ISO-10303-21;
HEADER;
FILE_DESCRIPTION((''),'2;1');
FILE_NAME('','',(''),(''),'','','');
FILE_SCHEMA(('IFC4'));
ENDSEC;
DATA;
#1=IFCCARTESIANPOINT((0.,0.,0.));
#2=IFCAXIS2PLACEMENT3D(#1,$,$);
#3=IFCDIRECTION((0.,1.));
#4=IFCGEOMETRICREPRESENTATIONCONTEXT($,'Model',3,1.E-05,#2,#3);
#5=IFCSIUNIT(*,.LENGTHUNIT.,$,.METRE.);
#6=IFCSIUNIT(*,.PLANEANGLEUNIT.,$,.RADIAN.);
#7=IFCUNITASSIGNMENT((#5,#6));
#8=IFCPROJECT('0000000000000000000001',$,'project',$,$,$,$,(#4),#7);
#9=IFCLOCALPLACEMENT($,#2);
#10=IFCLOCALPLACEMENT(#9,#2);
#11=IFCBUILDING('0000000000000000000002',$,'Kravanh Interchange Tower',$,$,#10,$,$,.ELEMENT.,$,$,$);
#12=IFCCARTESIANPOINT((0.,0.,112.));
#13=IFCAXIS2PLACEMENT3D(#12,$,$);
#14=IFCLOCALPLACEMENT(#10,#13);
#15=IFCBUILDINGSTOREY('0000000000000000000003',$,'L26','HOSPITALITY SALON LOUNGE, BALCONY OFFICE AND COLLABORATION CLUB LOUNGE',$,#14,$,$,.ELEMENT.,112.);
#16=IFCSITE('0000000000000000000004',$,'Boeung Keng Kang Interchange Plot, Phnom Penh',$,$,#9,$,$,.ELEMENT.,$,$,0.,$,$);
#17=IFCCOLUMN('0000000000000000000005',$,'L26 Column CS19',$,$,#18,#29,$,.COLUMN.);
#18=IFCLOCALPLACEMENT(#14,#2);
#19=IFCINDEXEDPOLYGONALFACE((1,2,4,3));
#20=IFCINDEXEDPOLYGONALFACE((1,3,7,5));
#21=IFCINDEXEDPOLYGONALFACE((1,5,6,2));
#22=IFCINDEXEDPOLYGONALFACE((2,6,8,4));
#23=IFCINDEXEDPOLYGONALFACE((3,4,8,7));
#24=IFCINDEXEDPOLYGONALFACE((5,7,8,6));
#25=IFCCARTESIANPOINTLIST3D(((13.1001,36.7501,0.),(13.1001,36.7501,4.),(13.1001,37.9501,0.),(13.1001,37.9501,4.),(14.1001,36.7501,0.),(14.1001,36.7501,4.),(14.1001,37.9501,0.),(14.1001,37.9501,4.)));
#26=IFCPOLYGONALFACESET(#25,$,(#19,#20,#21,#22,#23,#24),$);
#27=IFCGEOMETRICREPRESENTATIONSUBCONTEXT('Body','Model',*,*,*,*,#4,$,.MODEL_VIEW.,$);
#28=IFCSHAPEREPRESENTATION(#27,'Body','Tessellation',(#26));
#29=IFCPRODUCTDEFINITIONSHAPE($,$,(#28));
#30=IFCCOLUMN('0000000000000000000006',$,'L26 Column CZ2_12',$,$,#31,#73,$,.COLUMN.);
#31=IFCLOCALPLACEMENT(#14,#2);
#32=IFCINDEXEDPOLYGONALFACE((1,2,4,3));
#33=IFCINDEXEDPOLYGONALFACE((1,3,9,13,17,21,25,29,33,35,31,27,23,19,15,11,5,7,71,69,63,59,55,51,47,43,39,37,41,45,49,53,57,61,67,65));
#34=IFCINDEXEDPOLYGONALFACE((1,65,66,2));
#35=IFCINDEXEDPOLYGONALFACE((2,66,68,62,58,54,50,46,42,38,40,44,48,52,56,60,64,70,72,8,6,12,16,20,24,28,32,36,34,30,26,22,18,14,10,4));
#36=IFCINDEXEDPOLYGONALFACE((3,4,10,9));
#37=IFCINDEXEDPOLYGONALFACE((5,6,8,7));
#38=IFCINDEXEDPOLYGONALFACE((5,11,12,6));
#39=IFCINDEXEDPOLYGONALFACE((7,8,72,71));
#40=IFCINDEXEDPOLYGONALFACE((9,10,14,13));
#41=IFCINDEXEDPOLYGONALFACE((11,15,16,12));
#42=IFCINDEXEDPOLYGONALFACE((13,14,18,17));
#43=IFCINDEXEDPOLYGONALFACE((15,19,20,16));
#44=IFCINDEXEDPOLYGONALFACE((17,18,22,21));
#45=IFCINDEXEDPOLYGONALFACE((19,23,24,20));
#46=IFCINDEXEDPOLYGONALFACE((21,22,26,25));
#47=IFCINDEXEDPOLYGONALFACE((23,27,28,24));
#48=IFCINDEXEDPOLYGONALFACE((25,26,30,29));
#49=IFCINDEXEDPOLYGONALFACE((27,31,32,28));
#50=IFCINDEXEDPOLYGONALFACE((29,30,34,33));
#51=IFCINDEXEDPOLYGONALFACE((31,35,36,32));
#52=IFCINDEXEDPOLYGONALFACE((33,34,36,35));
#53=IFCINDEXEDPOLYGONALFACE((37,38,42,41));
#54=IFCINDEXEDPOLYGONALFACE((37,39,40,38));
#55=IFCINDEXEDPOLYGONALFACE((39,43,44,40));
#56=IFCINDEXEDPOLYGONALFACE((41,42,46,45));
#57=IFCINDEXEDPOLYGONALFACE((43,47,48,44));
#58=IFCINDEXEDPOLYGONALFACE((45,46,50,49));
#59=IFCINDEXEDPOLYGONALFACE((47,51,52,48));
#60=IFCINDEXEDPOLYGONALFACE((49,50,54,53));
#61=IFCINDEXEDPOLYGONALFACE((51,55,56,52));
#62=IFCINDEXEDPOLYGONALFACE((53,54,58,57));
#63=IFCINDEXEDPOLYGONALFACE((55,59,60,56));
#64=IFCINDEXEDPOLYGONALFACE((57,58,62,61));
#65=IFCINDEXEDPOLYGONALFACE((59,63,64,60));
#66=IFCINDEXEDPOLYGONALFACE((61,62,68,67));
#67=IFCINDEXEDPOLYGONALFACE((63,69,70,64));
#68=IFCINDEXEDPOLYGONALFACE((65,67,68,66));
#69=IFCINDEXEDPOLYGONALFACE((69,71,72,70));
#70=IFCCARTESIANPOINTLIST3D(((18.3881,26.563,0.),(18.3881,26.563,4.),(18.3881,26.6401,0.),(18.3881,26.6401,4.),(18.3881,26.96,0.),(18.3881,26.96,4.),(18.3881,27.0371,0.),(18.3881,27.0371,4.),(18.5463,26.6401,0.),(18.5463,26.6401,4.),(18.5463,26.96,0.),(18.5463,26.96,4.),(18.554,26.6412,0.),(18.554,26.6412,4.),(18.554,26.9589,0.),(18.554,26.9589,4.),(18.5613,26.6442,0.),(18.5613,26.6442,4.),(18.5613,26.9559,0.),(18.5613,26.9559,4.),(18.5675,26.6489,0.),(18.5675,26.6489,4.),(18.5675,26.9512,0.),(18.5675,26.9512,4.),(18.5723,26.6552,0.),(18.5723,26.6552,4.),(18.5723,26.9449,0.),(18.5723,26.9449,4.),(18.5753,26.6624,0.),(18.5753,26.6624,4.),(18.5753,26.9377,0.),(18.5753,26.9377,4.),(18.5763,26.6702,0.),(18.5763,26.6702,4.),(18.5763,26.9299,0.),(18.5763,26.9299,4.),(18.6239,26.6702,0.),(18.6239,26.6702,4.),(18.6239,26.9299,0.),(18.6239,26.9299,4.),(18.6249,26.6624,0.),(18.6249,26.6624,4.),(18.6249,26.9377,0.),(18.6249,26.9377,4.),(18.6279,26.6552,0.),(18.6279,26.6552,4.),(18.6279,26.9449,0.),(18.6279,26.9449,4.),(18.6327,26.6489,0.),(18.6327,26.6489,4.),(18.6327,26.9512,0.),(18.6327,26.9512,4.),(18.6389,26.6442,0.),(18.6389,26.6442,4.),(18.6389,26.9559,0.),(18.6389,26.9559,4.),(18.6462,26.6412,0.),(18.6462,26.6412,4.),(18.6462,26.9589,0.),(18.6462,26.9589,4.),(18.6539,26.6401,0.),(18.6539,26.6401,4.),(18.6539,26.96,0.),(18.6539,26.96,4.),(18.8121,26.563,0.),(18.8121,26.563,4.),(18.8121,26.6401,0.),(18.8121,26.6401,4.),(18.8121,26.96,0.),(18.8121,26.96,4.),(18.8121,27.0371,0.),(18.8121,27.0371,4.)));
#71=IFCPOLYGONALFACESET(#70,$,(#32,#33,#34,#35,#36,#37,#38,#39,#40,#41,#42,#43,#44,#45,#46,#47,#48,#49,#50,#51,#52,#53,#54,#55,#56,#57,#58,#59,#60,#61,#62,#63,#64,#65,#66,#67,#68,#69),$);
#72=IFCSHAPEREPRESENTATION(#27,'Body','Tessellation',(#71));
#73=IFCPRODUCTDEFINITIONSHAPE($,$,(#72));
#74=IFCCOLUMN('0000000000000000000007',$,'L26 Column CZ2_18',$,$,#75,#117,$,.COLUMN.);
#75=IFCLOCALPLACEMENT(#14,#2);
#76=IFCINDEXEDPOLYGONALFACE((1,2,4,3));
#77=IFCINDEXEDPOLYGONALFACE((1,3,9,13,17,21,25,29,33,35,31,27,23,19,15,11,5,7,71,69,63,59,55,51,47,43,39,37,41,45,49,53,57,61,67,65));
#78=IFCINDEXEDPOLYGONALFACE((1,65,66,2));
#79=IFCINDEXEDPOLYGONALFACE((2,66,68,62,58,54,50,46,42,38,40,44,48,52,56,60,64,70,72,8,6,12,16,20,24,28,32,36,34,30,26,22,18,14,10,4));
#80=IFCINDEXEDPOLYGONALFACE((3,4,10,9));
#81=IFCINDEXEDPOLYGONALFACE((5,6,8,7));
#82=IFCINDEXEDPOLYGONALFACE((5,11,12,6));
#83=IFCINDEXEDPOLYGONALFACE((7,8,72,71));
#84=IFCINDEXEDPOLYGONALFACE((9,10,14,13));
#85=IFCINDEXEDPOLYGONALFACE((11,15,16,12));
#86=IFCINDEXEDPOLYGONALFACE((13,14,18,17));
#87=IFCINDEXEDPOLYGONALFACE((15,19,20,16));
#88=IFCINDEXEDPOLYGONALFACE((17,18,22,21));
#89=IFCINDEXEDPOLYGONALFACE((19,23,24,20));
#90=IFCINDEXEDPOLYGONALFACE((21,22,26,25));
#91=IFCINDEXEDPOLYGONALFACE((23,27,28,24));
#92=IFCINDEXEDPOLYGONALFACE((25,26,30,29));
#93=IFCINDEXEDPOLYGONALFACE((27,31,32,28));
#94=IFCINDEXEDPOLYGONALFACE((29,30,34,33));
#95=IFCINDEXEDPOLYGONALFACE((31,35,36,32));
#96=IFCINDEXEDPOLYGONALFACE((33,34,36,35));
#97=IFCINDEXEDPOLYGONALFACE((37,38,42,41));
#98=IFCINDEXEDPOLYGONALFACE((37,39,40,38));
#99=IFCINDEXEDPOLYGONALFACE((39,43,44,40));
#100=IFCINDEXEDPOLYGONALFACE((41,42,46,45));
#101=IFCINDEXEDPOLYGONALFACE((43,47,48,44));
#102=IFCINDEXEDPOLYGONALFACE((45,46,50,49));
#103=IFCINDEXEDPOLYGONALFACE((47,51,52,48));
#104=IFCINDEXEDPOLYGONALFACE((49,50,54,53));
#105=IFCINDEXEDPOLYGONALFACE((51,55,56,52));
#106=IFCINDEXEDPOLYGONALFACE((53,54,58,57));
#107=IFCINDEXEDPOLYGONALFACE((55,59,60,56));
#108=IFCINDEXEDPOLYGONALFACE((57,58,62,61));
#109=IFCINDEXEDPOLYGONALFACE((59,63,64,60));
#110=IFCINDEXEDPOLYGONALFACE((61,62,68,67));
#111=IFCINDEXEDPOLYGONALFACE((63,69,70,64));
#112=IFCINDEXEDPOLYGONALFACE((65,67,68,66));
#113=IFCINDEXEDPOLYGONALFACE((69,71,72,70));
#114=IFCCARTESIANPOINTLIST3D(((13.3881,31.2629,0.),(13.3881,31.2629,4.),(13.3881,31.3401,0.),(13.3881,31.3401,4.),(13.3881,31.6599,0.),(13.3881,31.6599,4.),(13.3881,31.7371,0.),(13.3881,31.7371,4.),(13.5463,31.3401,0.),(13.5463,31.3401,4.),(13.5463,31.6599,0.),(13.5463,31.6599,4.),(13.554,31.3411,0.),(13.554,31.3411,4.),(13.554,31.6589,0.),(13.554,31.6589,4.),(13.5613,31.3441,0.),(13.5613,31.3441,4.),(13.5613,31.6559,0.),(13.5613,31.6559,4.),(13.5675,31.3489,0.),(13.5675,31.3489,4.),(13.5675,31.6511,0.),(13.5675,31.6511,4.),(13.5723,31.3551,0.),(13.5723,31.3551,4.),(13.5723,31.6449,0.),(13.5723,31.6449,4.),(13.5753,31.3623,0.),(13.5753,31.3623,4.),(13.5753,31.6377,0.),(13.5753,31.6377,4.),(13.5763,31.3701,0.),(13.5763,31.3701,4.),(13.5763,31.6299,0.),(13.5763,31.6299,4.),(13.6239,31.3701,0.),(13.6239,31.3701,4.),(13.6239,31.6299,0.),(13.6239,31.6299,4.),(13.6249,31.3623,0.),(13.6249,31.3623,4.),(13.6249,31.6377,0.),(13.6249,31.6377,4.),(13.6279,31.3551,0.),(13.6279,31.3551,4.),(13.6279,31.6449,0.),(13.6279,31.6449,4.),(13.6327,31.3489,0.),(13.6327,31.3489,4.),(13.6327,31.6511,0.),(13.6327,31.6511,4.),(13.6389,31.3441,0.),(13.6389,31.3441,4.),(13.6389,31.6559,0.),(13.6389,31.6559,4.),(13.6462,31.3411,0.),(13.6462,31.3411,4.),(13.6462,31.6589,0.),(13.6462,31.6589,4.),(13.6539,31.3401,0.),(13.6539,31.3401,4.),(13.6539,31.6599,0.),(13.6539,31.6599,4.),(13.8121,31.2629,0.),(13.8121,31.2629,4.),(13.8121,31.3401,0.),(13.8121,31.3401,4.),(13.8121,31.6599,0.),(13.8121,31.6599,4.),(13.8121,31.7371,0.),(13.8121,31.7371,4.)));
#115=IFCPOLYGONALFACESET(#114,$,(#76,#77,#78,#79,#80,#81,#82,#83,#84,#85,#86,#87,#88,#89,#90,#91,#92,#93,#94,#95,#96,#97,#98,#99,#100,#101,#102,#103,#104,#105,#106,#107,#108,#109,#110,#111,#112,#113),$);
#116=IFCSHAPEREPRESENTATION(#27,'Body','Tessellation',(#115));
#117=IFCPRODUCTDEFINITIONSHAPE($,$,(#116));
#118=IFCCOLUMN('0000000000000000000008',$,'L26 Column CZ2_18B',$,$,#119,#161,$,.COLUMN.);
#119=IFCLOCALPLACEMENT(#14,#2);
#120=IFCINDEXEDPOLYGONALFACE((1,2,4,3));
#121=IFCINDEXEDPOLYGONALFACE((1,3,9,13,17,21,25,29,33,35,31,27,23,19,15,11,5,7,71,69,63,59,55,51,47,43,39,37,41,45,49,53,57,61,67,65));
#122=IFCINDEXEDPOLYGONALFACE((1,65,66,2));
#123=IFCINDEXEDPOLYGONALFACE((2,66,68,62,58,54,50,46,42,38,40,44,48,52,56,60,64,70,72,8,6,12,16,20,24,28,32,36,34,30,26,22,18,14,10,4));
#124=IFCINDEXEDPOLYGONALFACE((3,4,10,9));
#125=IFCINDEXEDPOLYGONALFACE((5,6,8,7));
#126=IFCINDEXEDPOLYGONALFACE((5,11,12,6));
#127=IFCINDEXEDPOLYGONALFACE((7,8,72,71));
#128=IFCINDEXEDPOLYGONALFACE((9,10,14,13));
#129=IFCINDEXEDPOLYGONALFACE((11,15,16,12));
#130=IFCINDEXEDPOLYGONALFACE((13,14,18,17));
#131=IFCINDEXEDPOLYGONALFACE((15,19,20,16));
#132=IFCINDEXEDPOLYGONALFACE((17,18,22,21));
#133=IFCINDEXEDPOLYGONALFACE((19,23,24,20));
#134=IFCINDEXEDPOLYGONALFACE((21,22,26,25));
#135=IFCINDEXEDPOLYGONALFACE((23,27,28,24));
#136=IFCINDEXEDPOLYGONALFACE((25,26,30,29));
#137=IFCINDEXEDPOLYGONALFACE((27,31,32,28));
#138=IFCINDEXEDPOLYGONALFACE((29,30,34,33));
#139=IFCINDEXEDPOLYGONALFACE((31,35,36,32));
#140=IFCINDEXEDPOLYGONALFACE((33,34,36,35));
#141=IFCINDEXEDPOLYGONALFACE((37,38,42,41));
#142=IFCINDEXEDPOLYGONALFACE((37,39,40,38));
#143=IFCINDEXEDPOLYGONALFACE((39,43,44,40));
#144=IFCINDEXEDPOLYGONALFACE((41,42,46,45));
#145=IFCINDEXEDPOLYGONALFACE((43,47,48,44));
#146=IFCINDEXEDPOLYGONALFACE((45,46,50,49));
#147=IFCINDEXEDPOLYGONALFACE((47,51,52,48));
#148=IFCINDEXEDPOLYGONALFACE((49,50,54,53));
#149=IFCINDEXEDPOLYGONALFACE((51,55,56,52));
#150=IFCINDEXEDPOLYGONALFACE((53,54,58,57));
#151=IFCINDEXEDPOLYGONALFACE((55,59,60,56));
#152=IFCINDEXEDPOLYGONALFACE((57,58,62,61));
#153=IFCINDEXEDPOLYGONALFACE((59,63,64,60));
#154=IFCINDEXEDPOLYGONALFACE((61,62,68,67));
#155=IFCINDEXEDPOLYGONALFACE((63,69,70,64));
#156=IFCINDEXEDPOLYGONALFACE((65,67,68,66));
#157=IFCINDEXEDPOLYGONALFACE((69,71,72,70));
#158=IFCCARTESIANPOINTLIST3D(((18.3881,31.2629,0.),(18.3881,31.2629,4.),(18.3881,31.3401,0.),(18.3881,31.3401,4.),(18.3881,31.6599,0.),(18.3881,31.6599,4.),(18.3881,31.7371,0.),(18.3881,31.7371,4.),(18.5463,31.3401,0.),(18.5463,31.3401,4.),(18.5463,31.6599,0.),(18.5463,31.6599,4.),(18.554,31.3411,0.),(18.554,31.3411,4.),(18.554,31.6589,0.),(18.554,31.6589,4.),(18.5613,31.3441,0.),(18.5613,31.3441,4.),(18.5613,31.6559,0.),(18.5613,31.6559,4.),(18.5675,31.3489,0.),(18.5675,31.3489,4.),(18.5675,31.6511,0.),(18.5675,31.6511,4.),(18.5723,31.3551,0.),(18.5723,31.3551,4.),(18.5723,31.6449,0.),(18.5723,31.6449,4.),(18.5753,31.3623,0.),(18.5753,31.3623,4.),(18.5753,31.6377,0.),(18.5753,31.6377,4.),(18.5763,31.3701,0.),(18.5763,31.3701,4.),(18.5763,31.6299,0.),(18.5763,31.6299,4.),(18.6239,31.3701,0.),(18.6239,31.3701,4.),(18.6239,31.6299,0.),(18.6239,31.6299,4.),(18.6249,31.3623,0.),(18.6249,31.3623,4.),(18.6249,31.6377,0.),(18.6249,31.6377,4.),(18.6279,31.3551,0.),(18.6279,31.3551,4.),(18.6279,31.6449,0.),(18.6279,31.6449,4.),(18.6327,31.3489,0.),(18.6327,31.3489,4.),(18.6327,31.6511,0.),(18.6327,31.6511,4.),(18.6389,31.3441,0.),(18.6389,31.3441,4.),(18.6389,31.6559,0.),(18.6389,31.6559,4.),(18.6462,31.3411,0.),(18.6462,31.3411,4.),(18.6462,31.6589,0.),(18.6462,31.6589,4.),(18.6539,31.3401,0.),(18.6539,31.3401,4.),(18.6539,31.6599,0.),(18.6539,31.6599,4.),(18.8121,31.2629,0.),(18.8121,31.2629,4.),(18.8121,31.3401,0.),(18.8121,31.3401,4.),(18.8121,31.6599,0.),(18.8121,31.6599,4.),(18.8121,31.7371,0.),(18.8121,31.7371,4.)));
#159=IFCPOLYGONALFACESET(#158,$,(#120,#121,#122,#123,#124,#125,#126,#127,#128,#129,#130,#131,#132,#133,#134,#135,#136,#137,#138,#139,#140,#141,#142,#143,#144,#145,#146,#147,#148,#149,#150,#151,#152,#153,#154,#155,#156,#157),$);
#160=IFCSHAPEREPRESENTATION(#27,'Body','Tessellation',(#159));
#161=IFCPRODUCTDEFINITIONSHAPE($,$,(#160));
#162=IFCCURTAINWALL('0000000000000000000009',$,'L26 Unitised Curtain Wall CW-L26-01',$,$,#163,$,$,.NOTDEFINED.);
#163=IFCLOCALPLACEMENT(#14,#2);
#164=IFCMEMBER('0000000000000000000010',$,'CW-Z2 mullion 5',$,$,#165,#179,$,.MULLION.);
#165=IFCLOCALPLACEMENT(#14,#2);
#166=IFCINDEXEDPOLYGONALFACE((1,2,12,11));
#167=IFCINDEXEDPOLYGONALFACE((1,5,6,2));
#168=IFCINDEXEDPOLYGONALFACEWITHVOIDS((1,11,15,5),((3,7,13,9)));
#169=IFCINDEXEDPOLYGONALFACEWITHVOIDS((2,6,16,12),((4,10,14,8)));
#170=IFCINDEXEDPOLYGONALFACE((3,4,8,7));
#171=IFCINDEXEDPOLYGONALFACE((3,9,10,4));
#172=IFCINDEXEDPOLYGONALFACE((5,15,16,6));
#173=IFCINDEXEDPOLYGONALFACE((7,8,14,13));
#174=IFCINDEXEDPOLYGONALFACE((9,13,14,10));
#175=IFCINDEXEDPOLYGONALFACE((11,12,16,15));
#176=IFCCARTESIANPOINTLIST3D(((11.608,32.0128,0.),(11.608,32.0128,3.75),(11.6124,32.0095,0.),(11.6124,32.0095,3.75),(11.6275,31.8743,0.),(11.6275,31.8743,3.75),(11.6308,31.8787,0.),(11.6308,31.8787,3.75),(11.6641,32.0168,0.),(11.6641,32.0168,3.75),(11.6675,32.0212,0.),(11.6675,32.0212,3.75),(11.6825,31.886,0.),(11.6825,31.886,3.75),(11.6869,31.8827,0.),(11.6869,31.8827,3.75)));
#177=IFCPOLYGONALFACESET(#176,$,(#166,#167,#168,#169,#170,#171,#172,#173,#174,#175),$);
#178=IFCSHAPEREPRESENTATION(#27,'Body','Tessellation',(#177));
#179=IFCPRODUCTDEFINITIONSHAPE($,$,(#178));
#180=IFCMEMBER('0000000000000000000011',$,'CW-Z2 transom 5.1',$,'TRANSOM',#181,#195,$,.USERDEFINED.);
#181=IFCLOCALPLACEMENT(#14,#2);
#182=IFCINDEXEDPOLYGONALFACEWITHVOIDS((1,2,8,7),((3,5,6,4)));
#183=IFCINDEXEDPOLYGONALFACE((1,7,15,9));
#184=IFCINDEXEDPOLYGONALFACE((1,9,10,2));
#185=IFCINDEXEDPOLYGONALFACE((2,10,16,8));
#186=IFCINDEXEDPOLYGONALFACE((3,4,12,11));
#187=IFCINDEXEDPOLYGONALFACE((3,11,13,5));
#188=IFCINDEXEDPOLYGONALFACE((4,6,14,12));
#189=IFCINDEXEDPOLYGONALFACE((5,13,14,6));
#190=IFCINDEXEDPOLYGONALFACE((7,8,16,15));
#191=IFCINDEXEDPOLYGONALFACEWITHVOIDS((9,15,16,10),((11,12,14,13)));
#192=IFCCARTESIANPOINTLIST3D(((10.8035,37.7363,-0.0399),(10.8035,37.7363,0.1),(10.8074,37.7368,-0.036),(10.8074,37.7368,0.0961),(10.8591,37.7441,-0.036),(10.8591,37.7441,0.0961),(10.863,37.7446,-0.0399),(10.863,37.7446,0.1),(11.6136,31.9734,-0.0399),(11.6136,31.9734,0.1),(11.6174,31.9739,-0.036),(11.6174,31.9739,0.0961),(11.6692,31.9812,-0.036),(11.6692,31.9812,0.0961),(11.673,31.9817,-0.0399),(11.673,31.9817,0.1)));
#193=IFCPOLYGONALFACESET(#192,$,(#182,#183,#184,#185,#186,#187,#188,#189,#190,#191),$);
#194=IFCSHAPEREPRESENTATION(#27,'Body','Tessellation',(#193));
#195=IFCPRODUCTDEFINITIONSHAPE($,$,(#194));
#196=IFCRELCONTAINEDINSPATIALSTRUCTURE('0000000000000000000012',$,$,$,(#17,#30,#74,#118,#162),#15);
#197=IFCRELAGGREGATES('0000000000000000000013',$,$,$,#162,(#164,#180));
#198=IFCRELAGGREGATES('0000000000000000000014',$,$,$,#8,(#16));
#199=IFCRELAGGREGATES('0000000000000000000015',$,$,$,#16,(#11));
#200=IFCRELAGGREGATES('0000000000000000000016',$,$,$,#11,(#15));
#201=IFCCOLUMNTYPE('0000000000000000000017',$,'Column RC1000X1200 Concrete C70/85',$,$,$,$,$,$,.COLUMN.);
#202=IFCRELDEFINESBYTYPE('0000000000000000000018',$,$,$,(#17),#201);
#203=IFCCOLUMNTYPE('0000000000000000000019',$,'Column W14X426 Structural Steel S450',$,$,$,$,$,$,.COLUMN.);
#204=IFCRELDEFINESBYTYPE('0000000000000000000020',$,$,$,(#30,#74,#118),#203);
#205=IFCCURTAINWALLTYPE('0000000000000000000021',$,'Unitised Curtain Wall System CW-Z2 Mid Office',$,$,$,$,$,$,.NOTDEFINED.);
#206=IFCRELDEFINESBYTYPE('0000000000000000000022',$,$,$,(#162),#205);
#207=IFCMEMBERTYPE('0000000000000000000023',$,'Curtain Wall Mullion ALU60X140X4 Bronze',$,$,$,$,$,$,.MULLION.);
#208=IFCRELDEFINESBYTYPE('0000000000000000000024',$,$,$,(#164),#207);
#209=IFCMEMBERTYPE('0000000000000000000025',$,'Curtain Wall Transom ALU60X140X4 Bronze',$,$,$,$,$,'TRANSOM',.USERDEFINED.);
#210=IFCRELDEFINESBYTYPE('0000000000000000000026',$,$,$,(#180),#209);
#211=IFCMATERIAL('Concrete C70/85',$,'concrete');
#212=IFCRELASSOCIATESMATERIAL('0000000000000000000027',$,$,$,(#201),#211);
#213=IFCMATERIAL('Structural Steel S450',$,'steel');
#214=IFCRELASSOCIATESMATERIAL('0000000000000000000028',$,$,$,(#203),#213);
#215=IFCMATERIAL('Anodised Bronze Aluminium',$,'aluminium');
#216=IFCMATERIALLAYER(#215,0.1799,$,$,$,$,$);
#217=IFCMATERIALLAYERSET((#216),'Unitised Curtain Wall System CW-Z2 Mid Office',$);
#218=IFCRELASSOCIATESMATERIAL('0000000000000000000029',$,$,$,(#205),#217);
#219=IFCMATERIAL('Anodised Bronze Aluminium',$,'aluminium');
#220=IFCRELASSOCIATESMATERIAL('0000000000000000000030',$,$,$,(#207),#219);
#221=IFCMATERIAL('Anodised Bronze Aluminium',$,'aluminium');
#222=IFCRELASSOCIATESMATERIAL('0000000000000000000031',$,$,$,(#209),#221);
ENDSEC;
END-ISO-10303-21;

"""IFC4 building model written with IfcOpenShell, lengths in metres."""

from ifc_helpers import new_model, si_unit, direction, frame, origin, origin_2d, place, context, subcontext, project, spatial, rectangle, hollow_rectangle, i_section, extrude, material, layer, layer_set, material_profile, profile_set, type_object, element, aggregate, save


model = new_model("IFC4")

# Units and contexts
model_context = context("Model", 3, precision=1e-05, world=origin(), true_north=direction((0.0, 1.0)))
body_context = subcontext(model_context, "Body", "Model", "MODEL_VIEW")
ifc_project = project(units=[si_unit("LENGTHUNIT", "METRE"), si_unit("PLANEANGLEUNIT", "RADIAN")], contexts=[model_context])

# Site, building, storey
site_placement = place(None, origin())
site = spatial("IfcSite", under=ifc_project, at=site_placement, Name="Boeung Keng Kang Interchange Plot, Phnom Penh", CompositionType="ELEMENT", RefElevation=0.0)
building_placement = place(site_placement, origin())
building = spatial("IfcBuilding", under=site, at=building_placement, Name="Kravanh Interchange Tower", CompositionType="ELEMENT")
storey_placement = place(building_placement, frame((0.0, 0.0, 112.0)))
storey = spatial("IfcBuildingStorey", under=building, at=storey_placement, Name="L26", Description="HOSPITALITY SALON LOUNGE, BALCONY OFFICE AND COLLABORATION CLUB LOUNGE", CompositionType="ELEMENT", Elevation=112.0)

# Columns
ifc_material_1 = material(Name="Concrete C70/85", Category="concrete")
ifc_material_profile_1 = material_profile(ifc_material_1, rectangle(XDim=1.0, YDim=1.2, at=origin_2d()), Name="RC1000X1200")
ifc_profile_set_1 = profile_set([ifc_material_profile_1], Name="Concrete C70/85")
column_type_1 = type_object("IfcColumnType", Name="Column RC1000X1200 Concrete C70/85", PredefinedType="COLUMN", material=ifc_profile_set_1)
column_placement = place(storey_placement, frame((13.6001, 37.3501, 0.0), z_axis=(0.0, 0.0, 1.0), x_axis=(1.0, 0.0, 0.0)))
element("IfcColumn", 1, at=column_placement, inside=storey, type_object=column_type_1, Name="L26 Column CS19", PredefinedType="COLUMN", context=body_context, shape_type="SweptSolid", body=[
    extrude(rectangle(XDim=1.0, YDim=1.2, at=origin_2d()), origin(), (0.0, 0.0, 1.0), 4.0),
])
ifc_material_2 = material(Name="Structural Steel S450", Category="steel")
ifc_material_profile_2 = material_profile(ifc_material_2, i_section(OverallWidth=0.4241, OverallDepth=0.4741, WebThickness=0.0476, FlangeThickness=0.0771, FilletRadius=0.03, at=origin_2d()), Name="W14X426")
ifc_profile_set_2 = profile_set([ifc_material_profile_2], Name="Structural Steel S450")
column_type_2 = type_object("IfcColumnType", Name="Column W14X426 Structural Steel S450", PredefinedType="COLUMN", material=ifc_profile_set_2)
for number, where, z_axis, x_axis, name in (
    (2, (18.6001, 26.8, 0.0), (0.0, 0.0, 1.0), (1.0, 0.0, 0.0), "L26 Column CZ2_12"),
    (3, (13.6001, 31.5, 0.0), (0.0, 0.0, 1.0), (1.0, 0.0, 0.0), "L26 Column CZ2_18"),
    (4, (18.6001, 31.5, 0.0), (0.0, 0.0, 1.0), (1.0, 0.0, 0.0), "L26 Column CZ2_18B"),
):
    element("IfcColumn", number, at=place(storey_placement, frame(where, z_axis=z_axis, x_axis=x_axis)), inside=storey, type_object=column_type_2, Name=name, PredefinedType="COLUMN", context=body_context, shape_type="SweptSolid", body=[
        extrude(i_section(OverallWidth=0.4241, OverallDepth=0.4741, WebThickness=0.0476, FlangeThickness=0.0771, FilletRadius=0.03, at=origin_2d()), origin(), (0.0, 0.0, 1.0), 4.0),
    ])

# Curtain wall, members
ifc_material_3 = material(Name="Anodised Bronze Aluminium", Category="aluminium")
ifc_layer_1 = layer(ifc_material_3, 0.1799)
ifc_layer_set_1 = layer_set([ifc_layer_1], Name="Unitised Curtain Wall System CW-Z2 Mid Office")
curtain_wall_type = type_object("IfcCurtainWallType", Name="Unitised Curtain Wall System CW-Z2 Mid Office", PredefinedType="NOTDEFINED", material=ifc_layer_set_1)
curtain_wall_placement = place(storey_placement, origin())
curtain_wall = element("IfcCurtainWall", 5, at=curtain_wall_placement, inside=storey, type_object=curtain_wall_type, Name="L26 Unitised Curtain Wall CW-L26-01", PredefinedType="NOTDEFINED")
ifc_material_4 = material(Name="Anodised Bronze Aluminium", Category="aluminium")
ifc_material_profile_3 = material_profile(ifc_material_4, hollow_rectangle(XDim=0.0601, YDim=0.1399, WallThickness=0.0039, at=origin_2d()), Name="ALU60X140X4")
ifc_profile_set_3 = profile_set([ifc_material_profile_3], Name="Anodised Bronze Aluminium")
member_type_1 = type_object("IfcMemberType", Name="Curtain Wall Mullion ALU60X140X4 Bronze", PredefinedType="MULLION", material=ifc_profile_set_3)
member_1_placement = place(storey_placement, frame((11.6475, 31.9478, 0.0), z_axis=(0.0, 0.0, 1.0), x_axis=(-0.990268, -0.139173, 0.0)))
member_1 = element("IfcMember", 6, at=member_1_placement, type_object=member_type_1, Name="CW-Z2 mullion 5", PredefinedType="MULLION", context=body_context, shape_type="SweptSolid", body=[
    extrude(hollow_rectangle(XDim=0.0601, YDim=0.1399, WallThickness=0.0039, at=origin_2d()), origin(), (0.0, 0.0, 1.0), 3.75),
])
ifc_material_5 = material(Name="Anodised Bronze Aluminium", Category="aluminium")
ifc_material_profile_4 = material_profile(ifc_material_5, hollow_rectangle(XDim=0.0601, YDim=0.1399, WallThickness=0.0039, at=origin_2d()), Name="ALU60X140X4")
ifc_profile_set_4 = profile_set([ifc_material_profile_4], Name="Anodised Bronze Aluminium")
member_type_2 = type_object("IfcMemberType", Name="Curtain Wall Transom ALU60X140X4 Bronze", ElementType="TRANSOM", PredefinedType="USERDEFINED", material=ifc_profile_set_4)
member_2_placement = place(storey_placement, frame((11.6433, 31.9775, 0.03), z_axis=(-0.139195, 0.990265, 0.0), x_axis=(-0.990265, -0.139195, 0.0)))
member_2 = element("IfcMember", 7, at=member_2_placement, type_object=member_type_2, Name="CW-Z2 transom 5.1", ObjectType="TRANSOM", PredefinedType="USERDEFINED", context=body_context, shape_type="SweptSolid", body=[
    extrude(hollow_rectangle(XDim=0.0601, YDim=0.1399, WallThickness=0.0039, at=origin_2d()), origin(), (0.0, 0.0, 1.0), 5.8196),
])

aggregate(curtain_wall, [member_1, member_2])

save(model, "model.ifc")
